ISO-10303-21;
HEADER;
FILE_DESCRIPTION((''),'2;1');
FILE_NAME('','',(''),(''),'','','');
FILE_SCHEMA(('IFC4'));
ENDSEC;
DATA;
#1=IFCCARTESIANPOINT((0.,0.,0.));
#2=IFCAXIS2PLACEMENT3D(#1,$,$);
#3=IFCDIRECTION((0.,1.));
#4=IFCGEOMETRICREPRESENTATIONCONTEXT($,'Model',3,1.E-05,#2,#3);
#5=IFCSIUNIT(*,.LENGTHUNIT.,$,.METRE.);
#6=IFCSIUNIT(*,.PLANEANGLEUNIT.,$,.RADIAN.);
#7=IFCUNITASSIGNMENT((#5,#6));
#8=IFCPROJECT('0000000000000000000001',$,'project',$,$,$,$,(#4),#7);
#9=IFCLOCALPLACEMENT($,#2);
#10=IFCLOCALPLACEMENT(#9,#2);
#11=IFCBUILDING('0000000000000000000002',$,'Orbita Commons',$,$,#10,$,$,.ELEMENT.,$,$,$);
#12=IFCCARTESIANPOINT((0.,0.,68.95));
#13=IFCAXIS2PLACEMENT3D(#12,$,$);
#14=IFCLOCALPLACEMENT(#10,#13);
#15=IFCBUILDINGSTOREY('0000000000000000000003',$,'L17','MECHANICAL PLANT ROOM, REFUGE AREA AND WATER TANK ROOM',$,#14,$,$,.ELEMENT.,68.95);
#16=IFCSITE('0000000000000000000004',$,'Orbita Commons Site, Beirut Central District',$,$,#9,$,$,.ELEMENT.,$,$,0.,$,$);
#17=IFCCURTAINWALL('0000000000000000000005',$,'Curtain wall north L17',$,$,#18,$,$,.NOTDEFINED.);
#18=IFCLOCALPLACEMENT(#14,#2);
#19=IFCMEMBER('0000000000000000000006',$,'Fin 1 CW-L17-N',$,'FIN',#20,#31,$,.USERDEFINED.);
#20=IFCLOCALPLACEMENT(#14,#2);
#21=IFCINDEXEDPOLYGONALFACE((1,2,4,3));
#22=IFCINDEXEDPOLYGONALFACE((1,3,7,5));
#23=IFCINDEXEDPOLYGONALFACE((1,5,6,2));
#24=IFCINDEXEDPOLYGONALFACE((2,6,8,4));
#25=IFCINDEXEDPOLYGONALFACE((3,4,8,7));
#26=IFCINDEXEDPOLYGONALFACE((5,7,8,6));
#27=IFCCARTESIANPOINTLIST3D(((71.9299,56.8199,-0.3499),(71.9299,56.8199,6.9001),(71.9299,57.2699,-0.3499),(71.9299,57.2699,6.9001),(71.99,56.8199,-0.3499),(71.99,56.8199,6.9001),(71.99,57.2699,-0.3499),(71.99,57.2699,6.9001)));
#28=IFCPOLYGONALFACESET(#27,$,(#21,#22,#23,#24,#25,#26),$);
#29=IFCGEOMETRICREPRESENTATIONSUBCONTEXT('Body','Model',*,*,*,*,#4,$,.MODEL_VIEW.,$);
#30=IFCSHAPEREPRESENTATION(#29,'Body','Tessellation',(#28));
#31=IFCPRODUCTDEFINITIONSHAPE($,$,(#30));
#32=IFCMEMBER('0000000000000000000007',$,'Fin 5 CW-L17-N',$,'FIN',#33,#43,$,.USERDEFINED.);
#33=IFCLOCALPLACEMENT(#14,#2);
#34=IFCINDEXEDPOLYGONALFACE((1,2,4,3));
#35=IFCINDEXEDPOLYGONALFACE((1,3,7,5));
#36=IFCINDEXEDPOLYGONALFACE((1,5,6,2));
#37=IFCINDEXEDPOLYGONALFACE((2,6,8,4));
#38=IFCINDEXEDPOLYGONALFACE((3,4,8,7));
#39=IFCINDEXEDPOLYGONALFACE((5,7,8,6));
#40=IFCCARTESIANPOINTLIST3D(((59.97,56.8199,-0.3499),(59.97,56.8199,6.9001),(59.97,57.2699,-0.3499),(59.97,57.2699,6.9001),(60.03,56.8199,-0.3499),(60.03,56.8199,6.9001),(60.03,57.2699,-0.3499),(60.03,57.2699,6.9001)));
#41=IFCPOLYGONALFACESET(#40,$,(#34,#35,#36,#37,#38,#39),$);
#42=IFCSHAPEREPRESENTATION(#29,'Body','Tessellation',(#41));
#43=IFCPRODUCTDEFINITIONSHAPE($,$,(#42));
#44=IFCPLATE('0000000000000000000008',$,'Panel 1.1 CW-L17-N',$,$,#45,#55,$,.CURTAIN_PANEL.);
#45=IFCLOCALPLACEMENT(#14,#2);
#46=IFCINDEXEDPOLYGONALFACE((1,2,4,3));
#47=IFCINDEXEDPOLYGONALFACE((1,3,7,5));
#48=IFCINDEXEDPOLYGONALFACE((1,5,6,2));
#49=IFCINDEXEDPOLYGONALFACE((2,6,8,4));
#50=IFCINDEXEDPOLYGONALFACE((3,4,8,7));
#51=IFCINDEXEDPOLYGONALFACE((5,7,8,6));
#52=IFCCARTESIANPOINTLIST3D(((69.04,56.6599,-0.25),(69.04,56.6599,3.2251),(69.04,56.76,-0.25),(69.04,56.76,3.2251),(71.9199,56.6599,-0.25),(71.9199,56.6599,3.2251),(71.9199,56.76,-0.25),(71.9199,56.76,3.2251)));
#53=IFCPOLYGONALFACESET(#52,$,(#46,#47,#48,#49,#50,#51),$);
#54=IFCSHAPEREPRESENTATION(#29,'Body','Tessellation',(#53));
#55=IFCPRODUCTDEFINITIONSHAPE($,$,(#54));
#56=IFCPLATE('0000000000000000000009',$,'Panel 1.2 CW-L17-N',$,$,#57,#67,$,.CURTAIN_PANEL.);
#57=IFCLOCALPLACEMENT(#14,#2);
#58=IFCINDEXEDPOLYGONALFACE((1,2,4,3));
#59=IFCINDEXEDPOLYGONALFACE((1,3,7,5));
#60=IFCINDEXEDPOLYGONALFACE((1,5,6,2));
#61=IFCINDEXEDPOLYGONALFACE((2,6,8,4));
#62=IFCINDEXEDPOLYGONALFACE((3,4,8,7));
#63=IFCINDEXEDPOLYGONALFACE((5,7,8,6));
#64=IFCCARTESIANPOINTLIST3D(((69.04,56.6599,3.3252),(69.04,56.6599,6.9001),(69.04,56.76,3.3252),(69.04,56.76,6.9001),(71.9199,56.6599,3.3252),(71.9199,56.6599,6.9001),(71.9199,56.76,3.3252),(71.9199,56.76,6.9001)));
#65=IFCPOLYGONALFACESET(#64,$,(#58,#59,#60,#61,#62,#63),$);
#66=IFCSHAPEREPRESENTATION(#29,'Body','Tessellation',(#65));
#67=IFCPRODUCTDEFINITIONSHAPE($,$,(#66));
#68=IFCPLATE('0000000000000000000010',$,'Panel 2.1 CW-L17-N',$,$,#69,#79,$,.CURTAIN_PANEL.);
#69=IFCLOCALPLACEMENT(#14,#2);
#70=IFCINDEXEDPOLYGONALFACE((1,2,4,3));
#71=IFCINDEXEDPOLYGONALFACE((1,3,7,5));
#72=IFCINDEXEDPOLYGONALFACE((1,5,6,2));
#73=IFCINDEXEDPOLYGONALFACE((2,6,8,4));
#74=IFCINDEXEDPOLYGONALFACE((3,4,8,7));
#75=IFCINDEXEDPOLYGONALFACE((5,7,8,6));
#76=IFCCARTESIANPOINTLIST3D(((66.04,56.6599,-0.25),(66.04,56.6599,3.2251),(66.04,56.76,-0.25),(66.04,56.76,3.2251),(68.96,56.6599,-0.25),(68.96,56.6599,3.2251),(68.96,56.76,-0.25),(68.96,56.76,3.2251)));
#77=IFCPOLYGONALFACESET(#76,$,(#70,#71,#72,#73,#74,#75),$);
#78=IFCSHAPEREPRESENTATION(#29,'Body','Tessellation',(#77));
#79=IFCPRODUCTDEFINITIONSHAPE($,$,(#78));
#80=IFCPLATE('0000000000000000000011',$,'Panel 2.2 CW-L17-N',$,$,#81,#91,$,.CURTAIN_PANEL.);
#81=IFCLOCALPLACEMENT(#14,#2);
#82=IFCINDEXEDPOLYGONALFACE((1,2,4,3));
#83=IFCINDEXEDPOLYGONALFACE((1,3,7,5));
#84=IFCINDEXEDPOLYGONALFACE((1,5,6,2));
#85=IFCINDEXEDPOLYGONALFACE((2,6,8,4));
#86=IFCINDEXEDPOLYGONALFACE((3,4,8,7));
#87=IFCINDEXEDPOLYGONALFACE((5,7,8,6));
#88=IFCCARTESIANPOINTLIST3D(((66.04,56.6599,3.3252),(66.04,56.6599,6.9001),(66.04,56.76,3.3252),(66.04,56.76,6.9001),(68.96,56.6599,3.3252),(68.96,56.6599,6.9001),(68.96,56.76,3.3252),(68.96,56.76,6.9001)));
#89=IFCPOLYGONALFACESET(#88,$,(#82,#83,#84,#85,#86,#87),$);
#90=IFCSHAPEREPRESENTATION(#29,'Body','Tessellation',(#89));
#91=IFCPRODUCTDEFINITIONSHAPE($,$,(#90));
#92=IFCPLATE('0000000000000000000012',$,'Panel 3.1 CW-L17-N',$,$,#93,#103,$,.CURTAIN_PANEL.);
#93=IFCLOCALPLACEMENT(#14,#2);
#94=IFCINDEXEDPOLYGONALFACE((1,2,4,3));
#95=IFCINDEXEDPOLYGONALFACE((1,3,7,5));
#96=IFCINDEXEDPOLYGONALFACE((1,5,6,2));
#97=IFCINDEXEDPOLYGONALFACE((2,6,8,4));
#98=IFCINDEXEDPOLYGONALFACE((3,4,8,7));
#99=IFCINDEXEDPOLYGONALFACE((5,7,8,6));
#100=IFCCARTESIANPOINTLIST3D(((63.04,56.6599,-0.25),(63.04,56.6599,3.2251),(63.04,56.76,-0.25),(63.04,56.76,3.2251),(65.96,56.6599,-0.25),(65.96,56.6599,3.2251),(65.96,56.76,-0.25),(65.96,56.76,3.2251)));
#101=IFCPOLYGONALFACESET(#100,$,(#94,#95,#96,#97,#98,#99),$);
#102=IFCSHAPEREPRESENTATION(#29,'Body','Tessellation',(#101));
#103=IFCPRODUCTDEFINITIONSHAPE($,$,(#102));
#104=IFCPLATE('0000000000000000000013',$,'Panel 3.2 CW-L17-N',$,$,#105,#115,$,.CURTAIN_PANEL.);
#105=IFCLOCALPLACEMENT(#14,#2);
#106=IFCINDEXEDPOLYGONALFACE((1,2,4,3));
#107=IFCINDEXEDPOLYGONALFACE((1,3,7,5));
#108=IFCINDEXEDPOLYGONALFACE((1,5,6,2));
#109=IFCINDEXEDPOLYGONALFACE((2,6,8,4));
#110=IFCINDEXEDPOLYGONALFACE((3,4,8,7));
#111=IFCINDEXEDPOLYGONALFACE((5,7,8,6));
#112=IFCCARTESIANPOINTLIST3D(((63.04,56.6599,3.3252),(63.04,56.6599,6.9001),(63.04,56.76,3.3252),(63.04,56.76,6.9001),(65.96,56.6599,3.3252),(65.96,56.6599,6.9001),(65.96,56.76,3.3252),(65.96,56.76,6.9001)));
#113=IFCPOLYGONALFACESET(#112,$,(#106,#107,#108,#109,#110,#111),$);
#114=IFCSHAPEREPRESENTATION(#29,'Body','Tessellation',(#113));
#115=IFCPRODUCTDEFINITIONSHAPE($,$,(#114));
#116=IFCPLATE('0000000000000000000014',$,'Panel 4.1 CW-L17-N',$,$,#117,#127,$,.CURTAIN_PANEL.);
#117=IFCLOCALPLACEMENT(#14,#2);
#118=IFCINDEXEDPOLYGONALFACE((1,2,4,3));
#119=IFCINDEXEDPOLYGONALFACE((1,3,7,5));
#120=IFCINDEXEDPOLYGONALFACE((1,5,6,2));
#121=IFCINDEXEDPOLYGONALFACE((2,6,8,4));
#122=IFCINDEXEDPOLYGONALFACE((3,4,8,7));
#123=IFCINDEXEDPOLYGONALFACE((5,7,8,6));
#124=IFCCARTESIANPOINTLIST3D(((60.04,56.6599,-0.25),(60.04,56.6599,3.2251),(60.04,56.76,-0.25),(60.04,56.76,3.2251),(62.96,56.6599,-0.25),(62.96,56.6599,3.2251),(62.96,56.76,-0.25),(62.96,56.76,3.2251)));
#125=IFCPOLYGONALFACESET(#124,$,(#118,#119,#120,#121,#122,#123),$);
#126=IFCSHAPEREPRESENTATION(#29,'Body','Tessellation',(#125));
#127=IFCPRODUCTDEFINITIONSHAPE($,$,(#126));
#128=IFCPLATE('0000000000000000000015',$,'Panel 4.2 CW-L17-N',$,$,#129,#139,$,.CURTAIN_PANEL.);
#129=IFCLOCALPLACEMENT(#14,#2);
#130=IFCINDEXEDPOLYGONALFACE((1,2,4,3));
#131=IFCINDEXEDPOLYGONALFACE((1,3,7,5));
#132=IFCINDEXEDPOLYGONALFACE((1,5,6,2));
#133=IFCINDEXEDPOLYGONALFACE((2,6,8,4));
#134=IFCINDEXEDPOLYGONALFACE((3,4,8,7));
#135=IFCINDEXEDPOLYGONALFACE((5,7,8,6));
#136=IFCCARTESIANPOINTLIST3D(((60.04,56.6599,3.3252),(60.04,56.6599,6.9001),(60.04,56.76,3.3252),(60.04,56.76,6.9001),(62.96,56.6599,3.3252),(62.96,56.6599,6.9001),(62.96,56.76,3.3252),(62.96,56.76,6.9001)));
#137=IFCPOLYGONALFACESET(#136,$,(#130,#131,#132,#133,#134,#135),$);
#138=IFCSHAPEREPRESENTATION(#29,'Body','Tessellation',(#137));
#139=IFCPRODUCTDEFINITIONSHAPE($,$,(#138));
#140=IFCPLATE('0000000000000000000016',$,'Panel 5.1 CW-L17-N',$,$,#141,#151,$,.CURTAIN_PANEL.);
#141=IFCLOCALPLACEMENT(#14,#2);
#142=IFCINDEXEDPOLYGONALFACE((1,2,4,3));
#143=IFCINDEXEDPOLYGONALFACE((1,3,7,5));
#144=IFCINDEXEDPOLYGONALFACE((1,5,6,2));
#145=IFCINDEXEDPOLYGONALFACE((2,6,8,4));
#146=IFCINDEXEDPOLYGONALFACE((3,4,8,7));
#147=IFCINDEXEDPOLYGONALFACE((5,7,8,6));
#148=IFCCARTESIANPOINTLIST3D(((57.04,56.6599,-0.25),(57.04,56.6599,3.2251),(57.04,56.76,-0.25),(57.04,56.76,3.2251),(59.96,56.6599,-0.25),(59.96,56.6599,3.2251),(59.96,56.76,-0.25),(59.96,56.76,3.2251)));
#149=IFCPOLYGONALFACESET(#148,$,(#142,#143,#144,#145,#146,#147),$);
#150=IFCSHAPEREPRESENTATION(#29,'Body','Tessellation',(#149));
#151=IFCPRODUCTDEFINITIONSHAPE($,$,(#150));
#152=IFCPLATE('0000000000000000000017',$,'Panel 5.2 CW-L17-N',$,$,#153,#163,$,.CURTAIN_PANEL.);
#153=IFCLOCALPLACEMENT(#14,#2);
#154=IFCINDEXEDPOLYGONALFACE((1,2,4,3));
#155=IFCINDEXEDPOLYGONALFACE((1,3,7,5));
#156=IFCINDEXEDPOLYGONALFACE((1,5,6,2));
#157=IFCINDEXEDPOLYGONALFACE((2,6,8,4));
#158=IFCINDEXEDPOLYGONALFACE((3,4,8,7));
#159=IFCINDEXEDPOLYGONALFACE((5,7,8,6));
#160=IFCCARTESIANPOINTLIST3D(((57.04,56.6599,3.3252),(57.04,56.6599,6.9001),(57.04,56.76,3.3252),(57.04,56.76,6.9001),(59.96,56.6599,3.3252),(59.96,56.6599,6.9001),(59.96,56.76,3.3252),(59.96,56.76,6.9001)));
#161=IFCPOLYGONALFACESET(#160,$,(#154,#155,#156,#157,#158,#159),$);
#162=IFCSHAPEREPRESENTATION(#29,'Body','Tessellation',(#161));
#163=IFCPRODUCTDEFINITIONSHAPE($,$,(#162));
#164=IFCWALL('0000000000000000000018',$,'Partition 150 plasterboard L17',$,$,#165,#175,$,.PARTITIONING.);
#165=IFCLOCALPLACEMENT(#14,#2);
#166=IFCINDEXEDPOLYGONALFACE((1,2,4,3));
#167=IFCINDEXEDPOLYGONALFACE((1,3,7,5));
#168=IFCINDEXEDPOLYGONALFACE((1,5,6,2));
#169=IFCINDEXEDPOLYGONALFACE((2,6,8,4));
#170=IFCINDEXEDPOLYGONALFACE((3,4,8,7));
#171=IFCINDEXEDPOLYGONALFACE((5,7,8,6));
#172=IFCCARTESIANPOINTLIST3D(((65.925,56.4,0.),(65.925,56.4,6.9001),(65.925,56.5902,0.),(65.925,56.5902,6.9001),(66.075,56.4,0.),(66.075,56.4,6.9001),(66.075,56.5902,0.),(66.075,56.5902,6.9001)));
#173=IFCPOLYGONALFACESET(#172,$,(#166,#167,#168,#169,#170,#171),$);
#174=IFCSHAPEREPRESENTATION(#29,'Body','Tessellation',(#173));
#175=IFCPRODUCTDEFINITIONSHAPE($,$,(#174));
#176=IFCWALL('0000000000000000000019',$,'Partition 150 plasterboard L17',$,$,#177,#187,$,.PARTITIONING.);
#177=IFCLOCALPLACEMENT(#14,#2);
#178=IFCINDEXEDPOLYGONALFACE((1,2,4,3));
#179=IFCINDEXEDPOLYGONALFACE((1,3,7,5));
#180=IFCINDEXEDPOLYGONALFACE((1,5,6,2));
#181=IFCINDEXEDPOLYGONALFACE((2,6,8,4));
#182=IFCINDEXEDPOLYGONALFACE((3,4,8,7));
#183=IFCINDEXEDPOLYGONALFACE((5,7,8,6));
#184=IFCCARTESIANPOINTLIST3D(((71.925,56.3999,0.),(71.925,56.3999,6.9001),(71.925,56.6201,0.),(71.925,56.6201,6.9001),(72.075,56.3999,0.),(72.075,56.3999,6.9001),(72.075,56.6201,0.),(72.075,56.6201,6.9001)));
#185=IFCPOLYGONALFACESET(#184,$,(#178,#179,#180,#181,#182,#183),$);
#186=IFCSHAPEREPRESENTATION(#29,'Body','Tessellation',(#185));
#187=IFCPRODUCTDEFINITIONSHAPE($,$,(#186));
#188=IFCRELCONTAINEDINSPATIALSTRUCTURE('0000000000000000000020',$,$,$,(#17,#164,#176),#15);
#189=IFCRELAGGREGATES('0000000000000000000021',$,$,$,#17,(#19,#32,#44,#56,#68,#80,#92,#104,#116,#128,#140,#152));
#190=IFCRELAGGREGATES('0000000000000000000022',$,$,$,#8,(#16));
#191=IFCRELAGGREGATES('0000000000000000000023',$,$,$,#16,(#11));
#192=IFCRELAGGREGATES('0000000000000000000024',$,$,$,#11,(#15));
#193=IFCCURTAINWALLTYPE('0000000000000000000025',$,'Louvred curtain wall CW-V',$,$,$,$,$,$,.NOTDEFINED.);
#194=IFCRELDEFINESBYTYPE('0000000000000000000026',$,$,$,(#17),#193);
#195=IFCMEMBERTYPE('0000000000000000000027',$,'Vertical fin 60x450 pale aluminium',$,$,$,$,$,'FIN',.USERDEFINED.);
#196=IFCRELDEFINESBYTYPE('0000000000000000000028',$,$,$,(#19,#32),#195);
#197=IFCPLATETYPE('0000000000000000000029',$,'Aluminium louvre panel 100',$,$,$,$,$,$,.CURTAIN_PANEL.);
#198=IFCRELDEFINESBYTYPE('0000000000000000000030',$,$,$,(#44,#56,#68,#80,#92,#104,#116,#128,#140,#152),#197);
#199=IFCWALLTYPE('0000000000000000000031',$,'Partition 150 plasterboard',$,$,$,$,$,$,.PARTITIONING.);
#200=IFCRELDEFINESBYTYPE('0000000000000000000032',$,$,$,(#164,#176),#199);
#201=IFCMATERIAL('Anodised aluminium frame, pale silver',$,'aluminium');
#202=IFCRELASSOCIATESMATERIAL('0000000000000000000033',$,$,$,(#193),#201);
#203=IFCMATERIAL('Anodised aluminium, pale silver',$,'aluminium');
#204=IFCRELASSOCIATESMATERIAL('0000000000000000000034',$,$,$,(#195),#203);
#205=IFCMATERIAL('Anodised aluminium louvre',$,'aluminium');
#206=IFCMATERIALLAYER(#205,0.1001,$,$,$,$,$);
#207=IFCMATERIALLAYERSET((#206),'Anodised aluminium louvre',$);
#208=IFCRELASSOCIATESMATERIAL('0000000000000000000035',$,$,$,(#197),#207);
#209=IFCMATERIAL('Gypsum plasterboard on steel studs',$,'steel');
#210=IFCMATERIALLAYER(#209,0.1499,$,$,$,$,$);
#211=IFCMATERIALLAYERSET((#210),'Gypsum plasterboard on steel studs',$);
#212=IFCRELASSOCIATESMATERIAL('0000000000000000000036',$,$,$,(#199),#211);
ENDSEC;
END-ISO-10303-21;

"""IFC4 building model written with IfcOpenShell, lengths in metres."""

from ifc_helpers import new_model, si_unit, direction, frame, frame_2d, origin, origin_2d, place, context, subcontext, project, spatial, rectangle, extrude, material, layer, layer_set, material_profile, profile_set, type_object, element, aggregate, save


model = new_model("IFC4")

# Units and contexts
model_context = context("Model", 3, precision=1e-05, world=origin(), true_north=direction((0.0, 1.0)))
body_context = subcontext(model_context, "Body", "Model", "MODEL_VIEW")
ifc_project = project(units=[si_unit("LENGTHUNIT", "METRE"), si_unit("PLANEANGLEUNIT", "RADIAN")], contexts=[model_context])

# Site, building, storey
site_placement = place(None, origin())
site = spatial("IfcSite", under=ifc_project, at=site_placement, Name="Orbita Commons Site, Beirut Central District", CompositionType="ELEMENT", RefElevation=0.0)
building_placement = place(site_placement, origin())
building = spatial("IfcBuilding", under=site, at=building_placement, Name="Orbita Commons", CompositionType="ELEMENT")
storey_placement = place(building_placement, frame((0.0, 0.0, 68.95)))
storey = spatial("IfcBuildingStorey", under=building, at=storey_placement, Name="L17", Description="MECHANICAL PLANT ROOM, REFUGE AREA AND WATER TANK ROOM", CompositionType="ELEMENT", Elevation=68.95)

# Curtain wall, members, plates
ifc_material_1 = material(Name="Anodised aluminium frame, pale silver", Category="aluminium")
curtain_wall_type = type_object("IfcCurtainWallType", Name="Louvred curtain wall CW-V", PredefinedType="NOTDEFINED", material=ifc_material_1)
curtain_wall_placement = place(storey_placement, origin())
curtain_wall = element("IfcCurtainWall", 1, at=curtain_wall_placement, inside=storey, type_object=curtain_wall_type, Name="Curtain wall north L17", PredefinedType="NOTDEFINED")
ifc_material_2 = material(Name="Anodised aluminium, pale silver", Category="aluminium")
ifc_material_profile_1 = material_profile(ifc_material_2, rectangle(XDim=0.0601, YDim=0.45, at=origin_2d()), Name="FIN 60x450")
ifc_profile_set_1 = profile_set([ifc_material_profile_1], Name="Anodised aluminium, pale silver")
member_type_1 = type_object("IfcMemberType", Name="Vertical fin 60x450 pale aluminium", ElementType="FIN", PredefinedType="USERDEFINED", material=ifc_profile_set_1)
member_1_placement = place(storey_placement, frame((71.96, 57.0449, -0.3499), z_axis=(0.0, 0.0, 1.0), x_axis=(-1.0, 0.0, 0.0)))
member_1 = element("IfcMember", 2, at=member_1_placement, type_object=member_type_1, Name="Fin 1 CW-L17-N", ObjectType="FIN", PredefinedType="USERDEFINED", context=body_context, shape_type="SweptSolid", body=[
    extrude(rectangle(XDim=0.0601, YDim=0.45, at=origin_2d()), origin(), (0.0, 0.0, 1.0), 7.25),
])
member_2_placement = place(storey_placement, frame((60.0, 57.0449, -0.3499), z_axis=(0.0, 0.0, 1.0), x_axis=(-1.0, 0.0, 0.0)))
member_2 = element("IfcMember", 3, at=member_2_placement, type_object=member_type_1, Name="Fin 5 CW-L17-N", ObjectType="FIN", PredefinedType="USERDEFINED", context=body_context, shape_type="SweptSolid", body=[
    extrude(rectangle(XDim=0.0601, YDim=0.45, at=origin_2d()), origin(), (0.0, 0.0, 1.0), 7.25),
])
ifc_material_3 = material(Name="Anodised aluminium louvre", Category="aluminium")
ifc_layer_1 = layer(ifc_material_3, 0.1001)
ifc_layer_set_1 = layer_set([ifc_layer_1], Name="Anodised aluminium louvre")
plate_type = type_object("IfcPlateType", Name="Aluminium louvre panel 100", PredefinedType="CURTAIN_PANEL", material=ifc_layer_set_1)
plate_1_placement = place(storey_placement, frame((70.48, 56.71, -0.25), z_axis=(0.0, 0.0, 1.0), x_axis=(-1.0, 0.0, 0.0)))
plate_1 = element("IfcPlate", 4, at=plate_1_placement, type_object=plate_type, Name="Panel 1.1 CW-L17-N", PredefinedType="CURTAIN_PANEL", context=body_context, shape_type="SweptSolid", body=[
    extrude(rectangle(XDim=2.8799, YDim=0.1001, at=origin_2d()), origin(), (0.0, 0.0, 1.0), 3.4751),
])
plate_2_placement = place(storey_placement, frame((70.48, 56.71, 3.3252), z_axis=(0.0, 0.0, 1.0), x_axis=(-1.0, 0.0, 0.0)))
plate_2 = element("IfcPlate", 5, at=plate_2_placement, type_object=plate_type, Name="Panel 1.2 CW-L17-N", PredefinedType="CURTAIN_PANEL", context=body_context, shape_type="SweptSolid", body=[
    extrude(rectangle(XDim=2.8799, YDim=0.1001, at=origin_2d()), origin(), (0.0, 0.0, 1.0), 3.575),
])
plate_3_placement = place(storey_placement, frame((67.5, 56.71, -0.25), z_axis=(0.0, 0.0, 1.0), x_axis=(-1.0, 0.0, 0.0)))
plate_3 = element("IfcPlate", 6, at=plate_3_placement, type_object=plate_type, Name="Panel 2.1 CW-L17-N", PredefinedType="CURTAIN_PANEL", context=body_context, shape_type="SweptSolid", body=[
    extrude(rectangle(XDim=2.9199, YDim=0.1001, at=origin_2d()), origin(), (0.0, 0.0, 1.0), 3.4751),
])
plate_4_placement = place(storey_placement, frame((67.5, 56.71, 3.3252), z_axis=(0.0, 0.0, 1.0), x_axis=(-1.0, 0.0, 0.0)))
plate_4 = element("IfcPlate", 7, at=plate_4_placement, type_object=plate_type, Name="Panel 2.2 CW-L17-N", PredefinedType="CURTAIN_PANEL", context=body_context, shape_type="SweptSolid", body=[
    extrude(rectangle(XDim=2.9199, YDim=0.1001, at=origin_2d()), origin(), (0.0, 0.0, 1.0), 3.575),
])
plate_5_placement = place(storey_placement, frame((64.5, 56.71, -0.25), z_axis=(0.0, 0.0, 1.0), x_axis=(-1.0, 0.0, 0.0)))
plate_5 = element("IfcPlate", 8, at=plate_5_placement, type_object=plate_type, Name="Panel 3.1 CW-L17-N", PredefinedType="CURTAIN_PANEL", context=body_context, shape_type="SweptSolid", body=[
    extrude(rectangle(XDim=2.9199, YDim=0.1001, at=origin_2d()), origin(), (0.0, 0.0, 1.0), 3.4751),
])
plate_6_placement = place(storey_placement, frame((64.5, 56.71, 3.3252), z_axis=(0.0, 0.0, 1.0), x_axis=(-1.0, 0.0, 0.0)))
plate_6 = element("IfcPlate", 9, at=plate_6_placement, type_object=plate_type, Name="Panel 3.2 CW-L17-N", PredefinedType="CURTAIN_PANEL", context=body_context, shape_type="SweptSolid", body=[
    extrude(rectangle(XDim=2.9199, YDim=0.1001, at=origin_2d()), origin(), (0.0, 0.0, 1.0), 3.575),
])
plate_7_placement = place(storey_placement, frame((61.5, 56.71, -0.25), z_axis=(0.0, 0.0, 1.0), x_axis=(-1.0, 0.0, 0.0)))
plate_7 = element("IfcPlate", 10, at=plate_7_placement, type_object=plate_type, Name="Panel 4.1 CW-L17-N", PredefinedType="CURTAIN_PANEL", context=body_context, shape_type="SweptSolid", body=[
    extrude(rectangle(XDim=2.9199, YDim=0.1001, at=origin_2d()), origin(), (0.0, 0.0, 1.0), 3.4751),
])
plate_8_placement = place(storey_placement, frame((61.5, 56.71, 3.3252), z_axis=(0.0, 0.0, 1.0), x_axis=(-1.0, 0.0, 0.0)))
plate_8 = element("IfcPlate", 11, at=plate_8_placement, type_object=plate_type, Name="Panel 4.2 CW-L17-N", PredefinedType="CURTAIN_PANEL", context=body_context, shape_type="SweptSolid", body=[
    extrude(rectangle(XDim=2.9199, YDim=0.1001, at=origin_2d()), origin(), (0.0, 0.0, 1.0), 3.575),
])
plate_9_placement = place(storey_placement, frame((58.5, 56.71, -0.25), z_axis=(0.0, 0.0, 1.0), x_axis=(-1.0, 0.0, 0.0)))
plate_9 = element("IfcPlate", 12, at=plate_9_placement, type_object=plate_type, Name="Panel 5.1 CW-L17-N", PredefinedType="CURTAIN_PANEL", context=body_context, shape_type="SweptSolid", body=[
    extrude(rectangle(XDim=2.9199, YDim=0.1001, at=origin_2d()), origin(), (0.0, 0.0, 1.0), 3.4751),
])
plate_10_placement = place(storey_placement, frame((58.5, 56.71, 3.3252), z_axis=(0.0, 0.0, 1.0), x_axis=(-1.0, 0.0, 0.0)))
plate_10 = element("IfcPlate", 13, at=plate_10_placement, type_object=plate_type, Name="Panel 5.2 CW-L17-N", PredefinedType="CURTAIN_PANEL", context=body_context, shape_type="SweptSolid", body=[
    extrude(rectangle(XDim=2.9199, YDim=0.1001, at=origin_2d()), origin(), (0.0, 0.0, 1.0), 3.575),
])
aggregate(curtain_wall, [member_1, member_2, plate_1, plate_2, plate_3, plate_4, plate_5, plate_6, plate_7, plate_8, plate_9, plate_10])

# Walls
ifc_material_4 = material(Name="Gypsum plasterboard on steel studs", Category="steel")
ifc_layer_2 = layer(ifc_material_4, 0.1499)
ifc_layer_set_2 = layer_set([ifc_layer_2], Name="Gypsum plasterboard on steel studs")
wall_type = type_object("IfcWallType", Name="Partition 150 plasterboard", PredefinedType="PARTITIONING", material=ifc_layer_set_2)
wall_1_placement = place(storey_placement, frame((66.0, 56.3999, 0.0), z_axis=(0.0, 0.0, 1.0), x_axis=(0.0, 1.0, 0.0)))
element("IfcWall", 14, at=wall_1_placement, inside=storey, type_object=wall_type, Name="Partition 150 plasterboard L17", PredefinedType="PARTITIONING", context=body_context, shape_type="SweptSolid", body=[
    extrude(rectangle(XDim=0.1902, YDim=0.1499, at=frame_2d((0.0952, 0.0))), origin(), (0.0, 0.0, 1.0), 6.9001),
])
wall_2_placement = place(storey_placement, frame((72.0, 56.3999, 0.0), z_axis=(0.0, 0.0, 1.0), x_axis=(0.0, 1.0, 0.0)))
element("IfcWall", 15, at=wall_2_placement, inside=storey, type_object=wall_type, Name="Partition 150 plasterboard L17", PredefinedType="PARTITIONING", context=body_context, shape_type="SweptSolid", body=[
    extrude(rectangle(XDim=0.2202, YDim=0.1499, at=frame_2d((0.1101, 0.0))), origin(), (0.0, 0.0, 1.0), 6.9001),
])

save(model, "model.ifc")
